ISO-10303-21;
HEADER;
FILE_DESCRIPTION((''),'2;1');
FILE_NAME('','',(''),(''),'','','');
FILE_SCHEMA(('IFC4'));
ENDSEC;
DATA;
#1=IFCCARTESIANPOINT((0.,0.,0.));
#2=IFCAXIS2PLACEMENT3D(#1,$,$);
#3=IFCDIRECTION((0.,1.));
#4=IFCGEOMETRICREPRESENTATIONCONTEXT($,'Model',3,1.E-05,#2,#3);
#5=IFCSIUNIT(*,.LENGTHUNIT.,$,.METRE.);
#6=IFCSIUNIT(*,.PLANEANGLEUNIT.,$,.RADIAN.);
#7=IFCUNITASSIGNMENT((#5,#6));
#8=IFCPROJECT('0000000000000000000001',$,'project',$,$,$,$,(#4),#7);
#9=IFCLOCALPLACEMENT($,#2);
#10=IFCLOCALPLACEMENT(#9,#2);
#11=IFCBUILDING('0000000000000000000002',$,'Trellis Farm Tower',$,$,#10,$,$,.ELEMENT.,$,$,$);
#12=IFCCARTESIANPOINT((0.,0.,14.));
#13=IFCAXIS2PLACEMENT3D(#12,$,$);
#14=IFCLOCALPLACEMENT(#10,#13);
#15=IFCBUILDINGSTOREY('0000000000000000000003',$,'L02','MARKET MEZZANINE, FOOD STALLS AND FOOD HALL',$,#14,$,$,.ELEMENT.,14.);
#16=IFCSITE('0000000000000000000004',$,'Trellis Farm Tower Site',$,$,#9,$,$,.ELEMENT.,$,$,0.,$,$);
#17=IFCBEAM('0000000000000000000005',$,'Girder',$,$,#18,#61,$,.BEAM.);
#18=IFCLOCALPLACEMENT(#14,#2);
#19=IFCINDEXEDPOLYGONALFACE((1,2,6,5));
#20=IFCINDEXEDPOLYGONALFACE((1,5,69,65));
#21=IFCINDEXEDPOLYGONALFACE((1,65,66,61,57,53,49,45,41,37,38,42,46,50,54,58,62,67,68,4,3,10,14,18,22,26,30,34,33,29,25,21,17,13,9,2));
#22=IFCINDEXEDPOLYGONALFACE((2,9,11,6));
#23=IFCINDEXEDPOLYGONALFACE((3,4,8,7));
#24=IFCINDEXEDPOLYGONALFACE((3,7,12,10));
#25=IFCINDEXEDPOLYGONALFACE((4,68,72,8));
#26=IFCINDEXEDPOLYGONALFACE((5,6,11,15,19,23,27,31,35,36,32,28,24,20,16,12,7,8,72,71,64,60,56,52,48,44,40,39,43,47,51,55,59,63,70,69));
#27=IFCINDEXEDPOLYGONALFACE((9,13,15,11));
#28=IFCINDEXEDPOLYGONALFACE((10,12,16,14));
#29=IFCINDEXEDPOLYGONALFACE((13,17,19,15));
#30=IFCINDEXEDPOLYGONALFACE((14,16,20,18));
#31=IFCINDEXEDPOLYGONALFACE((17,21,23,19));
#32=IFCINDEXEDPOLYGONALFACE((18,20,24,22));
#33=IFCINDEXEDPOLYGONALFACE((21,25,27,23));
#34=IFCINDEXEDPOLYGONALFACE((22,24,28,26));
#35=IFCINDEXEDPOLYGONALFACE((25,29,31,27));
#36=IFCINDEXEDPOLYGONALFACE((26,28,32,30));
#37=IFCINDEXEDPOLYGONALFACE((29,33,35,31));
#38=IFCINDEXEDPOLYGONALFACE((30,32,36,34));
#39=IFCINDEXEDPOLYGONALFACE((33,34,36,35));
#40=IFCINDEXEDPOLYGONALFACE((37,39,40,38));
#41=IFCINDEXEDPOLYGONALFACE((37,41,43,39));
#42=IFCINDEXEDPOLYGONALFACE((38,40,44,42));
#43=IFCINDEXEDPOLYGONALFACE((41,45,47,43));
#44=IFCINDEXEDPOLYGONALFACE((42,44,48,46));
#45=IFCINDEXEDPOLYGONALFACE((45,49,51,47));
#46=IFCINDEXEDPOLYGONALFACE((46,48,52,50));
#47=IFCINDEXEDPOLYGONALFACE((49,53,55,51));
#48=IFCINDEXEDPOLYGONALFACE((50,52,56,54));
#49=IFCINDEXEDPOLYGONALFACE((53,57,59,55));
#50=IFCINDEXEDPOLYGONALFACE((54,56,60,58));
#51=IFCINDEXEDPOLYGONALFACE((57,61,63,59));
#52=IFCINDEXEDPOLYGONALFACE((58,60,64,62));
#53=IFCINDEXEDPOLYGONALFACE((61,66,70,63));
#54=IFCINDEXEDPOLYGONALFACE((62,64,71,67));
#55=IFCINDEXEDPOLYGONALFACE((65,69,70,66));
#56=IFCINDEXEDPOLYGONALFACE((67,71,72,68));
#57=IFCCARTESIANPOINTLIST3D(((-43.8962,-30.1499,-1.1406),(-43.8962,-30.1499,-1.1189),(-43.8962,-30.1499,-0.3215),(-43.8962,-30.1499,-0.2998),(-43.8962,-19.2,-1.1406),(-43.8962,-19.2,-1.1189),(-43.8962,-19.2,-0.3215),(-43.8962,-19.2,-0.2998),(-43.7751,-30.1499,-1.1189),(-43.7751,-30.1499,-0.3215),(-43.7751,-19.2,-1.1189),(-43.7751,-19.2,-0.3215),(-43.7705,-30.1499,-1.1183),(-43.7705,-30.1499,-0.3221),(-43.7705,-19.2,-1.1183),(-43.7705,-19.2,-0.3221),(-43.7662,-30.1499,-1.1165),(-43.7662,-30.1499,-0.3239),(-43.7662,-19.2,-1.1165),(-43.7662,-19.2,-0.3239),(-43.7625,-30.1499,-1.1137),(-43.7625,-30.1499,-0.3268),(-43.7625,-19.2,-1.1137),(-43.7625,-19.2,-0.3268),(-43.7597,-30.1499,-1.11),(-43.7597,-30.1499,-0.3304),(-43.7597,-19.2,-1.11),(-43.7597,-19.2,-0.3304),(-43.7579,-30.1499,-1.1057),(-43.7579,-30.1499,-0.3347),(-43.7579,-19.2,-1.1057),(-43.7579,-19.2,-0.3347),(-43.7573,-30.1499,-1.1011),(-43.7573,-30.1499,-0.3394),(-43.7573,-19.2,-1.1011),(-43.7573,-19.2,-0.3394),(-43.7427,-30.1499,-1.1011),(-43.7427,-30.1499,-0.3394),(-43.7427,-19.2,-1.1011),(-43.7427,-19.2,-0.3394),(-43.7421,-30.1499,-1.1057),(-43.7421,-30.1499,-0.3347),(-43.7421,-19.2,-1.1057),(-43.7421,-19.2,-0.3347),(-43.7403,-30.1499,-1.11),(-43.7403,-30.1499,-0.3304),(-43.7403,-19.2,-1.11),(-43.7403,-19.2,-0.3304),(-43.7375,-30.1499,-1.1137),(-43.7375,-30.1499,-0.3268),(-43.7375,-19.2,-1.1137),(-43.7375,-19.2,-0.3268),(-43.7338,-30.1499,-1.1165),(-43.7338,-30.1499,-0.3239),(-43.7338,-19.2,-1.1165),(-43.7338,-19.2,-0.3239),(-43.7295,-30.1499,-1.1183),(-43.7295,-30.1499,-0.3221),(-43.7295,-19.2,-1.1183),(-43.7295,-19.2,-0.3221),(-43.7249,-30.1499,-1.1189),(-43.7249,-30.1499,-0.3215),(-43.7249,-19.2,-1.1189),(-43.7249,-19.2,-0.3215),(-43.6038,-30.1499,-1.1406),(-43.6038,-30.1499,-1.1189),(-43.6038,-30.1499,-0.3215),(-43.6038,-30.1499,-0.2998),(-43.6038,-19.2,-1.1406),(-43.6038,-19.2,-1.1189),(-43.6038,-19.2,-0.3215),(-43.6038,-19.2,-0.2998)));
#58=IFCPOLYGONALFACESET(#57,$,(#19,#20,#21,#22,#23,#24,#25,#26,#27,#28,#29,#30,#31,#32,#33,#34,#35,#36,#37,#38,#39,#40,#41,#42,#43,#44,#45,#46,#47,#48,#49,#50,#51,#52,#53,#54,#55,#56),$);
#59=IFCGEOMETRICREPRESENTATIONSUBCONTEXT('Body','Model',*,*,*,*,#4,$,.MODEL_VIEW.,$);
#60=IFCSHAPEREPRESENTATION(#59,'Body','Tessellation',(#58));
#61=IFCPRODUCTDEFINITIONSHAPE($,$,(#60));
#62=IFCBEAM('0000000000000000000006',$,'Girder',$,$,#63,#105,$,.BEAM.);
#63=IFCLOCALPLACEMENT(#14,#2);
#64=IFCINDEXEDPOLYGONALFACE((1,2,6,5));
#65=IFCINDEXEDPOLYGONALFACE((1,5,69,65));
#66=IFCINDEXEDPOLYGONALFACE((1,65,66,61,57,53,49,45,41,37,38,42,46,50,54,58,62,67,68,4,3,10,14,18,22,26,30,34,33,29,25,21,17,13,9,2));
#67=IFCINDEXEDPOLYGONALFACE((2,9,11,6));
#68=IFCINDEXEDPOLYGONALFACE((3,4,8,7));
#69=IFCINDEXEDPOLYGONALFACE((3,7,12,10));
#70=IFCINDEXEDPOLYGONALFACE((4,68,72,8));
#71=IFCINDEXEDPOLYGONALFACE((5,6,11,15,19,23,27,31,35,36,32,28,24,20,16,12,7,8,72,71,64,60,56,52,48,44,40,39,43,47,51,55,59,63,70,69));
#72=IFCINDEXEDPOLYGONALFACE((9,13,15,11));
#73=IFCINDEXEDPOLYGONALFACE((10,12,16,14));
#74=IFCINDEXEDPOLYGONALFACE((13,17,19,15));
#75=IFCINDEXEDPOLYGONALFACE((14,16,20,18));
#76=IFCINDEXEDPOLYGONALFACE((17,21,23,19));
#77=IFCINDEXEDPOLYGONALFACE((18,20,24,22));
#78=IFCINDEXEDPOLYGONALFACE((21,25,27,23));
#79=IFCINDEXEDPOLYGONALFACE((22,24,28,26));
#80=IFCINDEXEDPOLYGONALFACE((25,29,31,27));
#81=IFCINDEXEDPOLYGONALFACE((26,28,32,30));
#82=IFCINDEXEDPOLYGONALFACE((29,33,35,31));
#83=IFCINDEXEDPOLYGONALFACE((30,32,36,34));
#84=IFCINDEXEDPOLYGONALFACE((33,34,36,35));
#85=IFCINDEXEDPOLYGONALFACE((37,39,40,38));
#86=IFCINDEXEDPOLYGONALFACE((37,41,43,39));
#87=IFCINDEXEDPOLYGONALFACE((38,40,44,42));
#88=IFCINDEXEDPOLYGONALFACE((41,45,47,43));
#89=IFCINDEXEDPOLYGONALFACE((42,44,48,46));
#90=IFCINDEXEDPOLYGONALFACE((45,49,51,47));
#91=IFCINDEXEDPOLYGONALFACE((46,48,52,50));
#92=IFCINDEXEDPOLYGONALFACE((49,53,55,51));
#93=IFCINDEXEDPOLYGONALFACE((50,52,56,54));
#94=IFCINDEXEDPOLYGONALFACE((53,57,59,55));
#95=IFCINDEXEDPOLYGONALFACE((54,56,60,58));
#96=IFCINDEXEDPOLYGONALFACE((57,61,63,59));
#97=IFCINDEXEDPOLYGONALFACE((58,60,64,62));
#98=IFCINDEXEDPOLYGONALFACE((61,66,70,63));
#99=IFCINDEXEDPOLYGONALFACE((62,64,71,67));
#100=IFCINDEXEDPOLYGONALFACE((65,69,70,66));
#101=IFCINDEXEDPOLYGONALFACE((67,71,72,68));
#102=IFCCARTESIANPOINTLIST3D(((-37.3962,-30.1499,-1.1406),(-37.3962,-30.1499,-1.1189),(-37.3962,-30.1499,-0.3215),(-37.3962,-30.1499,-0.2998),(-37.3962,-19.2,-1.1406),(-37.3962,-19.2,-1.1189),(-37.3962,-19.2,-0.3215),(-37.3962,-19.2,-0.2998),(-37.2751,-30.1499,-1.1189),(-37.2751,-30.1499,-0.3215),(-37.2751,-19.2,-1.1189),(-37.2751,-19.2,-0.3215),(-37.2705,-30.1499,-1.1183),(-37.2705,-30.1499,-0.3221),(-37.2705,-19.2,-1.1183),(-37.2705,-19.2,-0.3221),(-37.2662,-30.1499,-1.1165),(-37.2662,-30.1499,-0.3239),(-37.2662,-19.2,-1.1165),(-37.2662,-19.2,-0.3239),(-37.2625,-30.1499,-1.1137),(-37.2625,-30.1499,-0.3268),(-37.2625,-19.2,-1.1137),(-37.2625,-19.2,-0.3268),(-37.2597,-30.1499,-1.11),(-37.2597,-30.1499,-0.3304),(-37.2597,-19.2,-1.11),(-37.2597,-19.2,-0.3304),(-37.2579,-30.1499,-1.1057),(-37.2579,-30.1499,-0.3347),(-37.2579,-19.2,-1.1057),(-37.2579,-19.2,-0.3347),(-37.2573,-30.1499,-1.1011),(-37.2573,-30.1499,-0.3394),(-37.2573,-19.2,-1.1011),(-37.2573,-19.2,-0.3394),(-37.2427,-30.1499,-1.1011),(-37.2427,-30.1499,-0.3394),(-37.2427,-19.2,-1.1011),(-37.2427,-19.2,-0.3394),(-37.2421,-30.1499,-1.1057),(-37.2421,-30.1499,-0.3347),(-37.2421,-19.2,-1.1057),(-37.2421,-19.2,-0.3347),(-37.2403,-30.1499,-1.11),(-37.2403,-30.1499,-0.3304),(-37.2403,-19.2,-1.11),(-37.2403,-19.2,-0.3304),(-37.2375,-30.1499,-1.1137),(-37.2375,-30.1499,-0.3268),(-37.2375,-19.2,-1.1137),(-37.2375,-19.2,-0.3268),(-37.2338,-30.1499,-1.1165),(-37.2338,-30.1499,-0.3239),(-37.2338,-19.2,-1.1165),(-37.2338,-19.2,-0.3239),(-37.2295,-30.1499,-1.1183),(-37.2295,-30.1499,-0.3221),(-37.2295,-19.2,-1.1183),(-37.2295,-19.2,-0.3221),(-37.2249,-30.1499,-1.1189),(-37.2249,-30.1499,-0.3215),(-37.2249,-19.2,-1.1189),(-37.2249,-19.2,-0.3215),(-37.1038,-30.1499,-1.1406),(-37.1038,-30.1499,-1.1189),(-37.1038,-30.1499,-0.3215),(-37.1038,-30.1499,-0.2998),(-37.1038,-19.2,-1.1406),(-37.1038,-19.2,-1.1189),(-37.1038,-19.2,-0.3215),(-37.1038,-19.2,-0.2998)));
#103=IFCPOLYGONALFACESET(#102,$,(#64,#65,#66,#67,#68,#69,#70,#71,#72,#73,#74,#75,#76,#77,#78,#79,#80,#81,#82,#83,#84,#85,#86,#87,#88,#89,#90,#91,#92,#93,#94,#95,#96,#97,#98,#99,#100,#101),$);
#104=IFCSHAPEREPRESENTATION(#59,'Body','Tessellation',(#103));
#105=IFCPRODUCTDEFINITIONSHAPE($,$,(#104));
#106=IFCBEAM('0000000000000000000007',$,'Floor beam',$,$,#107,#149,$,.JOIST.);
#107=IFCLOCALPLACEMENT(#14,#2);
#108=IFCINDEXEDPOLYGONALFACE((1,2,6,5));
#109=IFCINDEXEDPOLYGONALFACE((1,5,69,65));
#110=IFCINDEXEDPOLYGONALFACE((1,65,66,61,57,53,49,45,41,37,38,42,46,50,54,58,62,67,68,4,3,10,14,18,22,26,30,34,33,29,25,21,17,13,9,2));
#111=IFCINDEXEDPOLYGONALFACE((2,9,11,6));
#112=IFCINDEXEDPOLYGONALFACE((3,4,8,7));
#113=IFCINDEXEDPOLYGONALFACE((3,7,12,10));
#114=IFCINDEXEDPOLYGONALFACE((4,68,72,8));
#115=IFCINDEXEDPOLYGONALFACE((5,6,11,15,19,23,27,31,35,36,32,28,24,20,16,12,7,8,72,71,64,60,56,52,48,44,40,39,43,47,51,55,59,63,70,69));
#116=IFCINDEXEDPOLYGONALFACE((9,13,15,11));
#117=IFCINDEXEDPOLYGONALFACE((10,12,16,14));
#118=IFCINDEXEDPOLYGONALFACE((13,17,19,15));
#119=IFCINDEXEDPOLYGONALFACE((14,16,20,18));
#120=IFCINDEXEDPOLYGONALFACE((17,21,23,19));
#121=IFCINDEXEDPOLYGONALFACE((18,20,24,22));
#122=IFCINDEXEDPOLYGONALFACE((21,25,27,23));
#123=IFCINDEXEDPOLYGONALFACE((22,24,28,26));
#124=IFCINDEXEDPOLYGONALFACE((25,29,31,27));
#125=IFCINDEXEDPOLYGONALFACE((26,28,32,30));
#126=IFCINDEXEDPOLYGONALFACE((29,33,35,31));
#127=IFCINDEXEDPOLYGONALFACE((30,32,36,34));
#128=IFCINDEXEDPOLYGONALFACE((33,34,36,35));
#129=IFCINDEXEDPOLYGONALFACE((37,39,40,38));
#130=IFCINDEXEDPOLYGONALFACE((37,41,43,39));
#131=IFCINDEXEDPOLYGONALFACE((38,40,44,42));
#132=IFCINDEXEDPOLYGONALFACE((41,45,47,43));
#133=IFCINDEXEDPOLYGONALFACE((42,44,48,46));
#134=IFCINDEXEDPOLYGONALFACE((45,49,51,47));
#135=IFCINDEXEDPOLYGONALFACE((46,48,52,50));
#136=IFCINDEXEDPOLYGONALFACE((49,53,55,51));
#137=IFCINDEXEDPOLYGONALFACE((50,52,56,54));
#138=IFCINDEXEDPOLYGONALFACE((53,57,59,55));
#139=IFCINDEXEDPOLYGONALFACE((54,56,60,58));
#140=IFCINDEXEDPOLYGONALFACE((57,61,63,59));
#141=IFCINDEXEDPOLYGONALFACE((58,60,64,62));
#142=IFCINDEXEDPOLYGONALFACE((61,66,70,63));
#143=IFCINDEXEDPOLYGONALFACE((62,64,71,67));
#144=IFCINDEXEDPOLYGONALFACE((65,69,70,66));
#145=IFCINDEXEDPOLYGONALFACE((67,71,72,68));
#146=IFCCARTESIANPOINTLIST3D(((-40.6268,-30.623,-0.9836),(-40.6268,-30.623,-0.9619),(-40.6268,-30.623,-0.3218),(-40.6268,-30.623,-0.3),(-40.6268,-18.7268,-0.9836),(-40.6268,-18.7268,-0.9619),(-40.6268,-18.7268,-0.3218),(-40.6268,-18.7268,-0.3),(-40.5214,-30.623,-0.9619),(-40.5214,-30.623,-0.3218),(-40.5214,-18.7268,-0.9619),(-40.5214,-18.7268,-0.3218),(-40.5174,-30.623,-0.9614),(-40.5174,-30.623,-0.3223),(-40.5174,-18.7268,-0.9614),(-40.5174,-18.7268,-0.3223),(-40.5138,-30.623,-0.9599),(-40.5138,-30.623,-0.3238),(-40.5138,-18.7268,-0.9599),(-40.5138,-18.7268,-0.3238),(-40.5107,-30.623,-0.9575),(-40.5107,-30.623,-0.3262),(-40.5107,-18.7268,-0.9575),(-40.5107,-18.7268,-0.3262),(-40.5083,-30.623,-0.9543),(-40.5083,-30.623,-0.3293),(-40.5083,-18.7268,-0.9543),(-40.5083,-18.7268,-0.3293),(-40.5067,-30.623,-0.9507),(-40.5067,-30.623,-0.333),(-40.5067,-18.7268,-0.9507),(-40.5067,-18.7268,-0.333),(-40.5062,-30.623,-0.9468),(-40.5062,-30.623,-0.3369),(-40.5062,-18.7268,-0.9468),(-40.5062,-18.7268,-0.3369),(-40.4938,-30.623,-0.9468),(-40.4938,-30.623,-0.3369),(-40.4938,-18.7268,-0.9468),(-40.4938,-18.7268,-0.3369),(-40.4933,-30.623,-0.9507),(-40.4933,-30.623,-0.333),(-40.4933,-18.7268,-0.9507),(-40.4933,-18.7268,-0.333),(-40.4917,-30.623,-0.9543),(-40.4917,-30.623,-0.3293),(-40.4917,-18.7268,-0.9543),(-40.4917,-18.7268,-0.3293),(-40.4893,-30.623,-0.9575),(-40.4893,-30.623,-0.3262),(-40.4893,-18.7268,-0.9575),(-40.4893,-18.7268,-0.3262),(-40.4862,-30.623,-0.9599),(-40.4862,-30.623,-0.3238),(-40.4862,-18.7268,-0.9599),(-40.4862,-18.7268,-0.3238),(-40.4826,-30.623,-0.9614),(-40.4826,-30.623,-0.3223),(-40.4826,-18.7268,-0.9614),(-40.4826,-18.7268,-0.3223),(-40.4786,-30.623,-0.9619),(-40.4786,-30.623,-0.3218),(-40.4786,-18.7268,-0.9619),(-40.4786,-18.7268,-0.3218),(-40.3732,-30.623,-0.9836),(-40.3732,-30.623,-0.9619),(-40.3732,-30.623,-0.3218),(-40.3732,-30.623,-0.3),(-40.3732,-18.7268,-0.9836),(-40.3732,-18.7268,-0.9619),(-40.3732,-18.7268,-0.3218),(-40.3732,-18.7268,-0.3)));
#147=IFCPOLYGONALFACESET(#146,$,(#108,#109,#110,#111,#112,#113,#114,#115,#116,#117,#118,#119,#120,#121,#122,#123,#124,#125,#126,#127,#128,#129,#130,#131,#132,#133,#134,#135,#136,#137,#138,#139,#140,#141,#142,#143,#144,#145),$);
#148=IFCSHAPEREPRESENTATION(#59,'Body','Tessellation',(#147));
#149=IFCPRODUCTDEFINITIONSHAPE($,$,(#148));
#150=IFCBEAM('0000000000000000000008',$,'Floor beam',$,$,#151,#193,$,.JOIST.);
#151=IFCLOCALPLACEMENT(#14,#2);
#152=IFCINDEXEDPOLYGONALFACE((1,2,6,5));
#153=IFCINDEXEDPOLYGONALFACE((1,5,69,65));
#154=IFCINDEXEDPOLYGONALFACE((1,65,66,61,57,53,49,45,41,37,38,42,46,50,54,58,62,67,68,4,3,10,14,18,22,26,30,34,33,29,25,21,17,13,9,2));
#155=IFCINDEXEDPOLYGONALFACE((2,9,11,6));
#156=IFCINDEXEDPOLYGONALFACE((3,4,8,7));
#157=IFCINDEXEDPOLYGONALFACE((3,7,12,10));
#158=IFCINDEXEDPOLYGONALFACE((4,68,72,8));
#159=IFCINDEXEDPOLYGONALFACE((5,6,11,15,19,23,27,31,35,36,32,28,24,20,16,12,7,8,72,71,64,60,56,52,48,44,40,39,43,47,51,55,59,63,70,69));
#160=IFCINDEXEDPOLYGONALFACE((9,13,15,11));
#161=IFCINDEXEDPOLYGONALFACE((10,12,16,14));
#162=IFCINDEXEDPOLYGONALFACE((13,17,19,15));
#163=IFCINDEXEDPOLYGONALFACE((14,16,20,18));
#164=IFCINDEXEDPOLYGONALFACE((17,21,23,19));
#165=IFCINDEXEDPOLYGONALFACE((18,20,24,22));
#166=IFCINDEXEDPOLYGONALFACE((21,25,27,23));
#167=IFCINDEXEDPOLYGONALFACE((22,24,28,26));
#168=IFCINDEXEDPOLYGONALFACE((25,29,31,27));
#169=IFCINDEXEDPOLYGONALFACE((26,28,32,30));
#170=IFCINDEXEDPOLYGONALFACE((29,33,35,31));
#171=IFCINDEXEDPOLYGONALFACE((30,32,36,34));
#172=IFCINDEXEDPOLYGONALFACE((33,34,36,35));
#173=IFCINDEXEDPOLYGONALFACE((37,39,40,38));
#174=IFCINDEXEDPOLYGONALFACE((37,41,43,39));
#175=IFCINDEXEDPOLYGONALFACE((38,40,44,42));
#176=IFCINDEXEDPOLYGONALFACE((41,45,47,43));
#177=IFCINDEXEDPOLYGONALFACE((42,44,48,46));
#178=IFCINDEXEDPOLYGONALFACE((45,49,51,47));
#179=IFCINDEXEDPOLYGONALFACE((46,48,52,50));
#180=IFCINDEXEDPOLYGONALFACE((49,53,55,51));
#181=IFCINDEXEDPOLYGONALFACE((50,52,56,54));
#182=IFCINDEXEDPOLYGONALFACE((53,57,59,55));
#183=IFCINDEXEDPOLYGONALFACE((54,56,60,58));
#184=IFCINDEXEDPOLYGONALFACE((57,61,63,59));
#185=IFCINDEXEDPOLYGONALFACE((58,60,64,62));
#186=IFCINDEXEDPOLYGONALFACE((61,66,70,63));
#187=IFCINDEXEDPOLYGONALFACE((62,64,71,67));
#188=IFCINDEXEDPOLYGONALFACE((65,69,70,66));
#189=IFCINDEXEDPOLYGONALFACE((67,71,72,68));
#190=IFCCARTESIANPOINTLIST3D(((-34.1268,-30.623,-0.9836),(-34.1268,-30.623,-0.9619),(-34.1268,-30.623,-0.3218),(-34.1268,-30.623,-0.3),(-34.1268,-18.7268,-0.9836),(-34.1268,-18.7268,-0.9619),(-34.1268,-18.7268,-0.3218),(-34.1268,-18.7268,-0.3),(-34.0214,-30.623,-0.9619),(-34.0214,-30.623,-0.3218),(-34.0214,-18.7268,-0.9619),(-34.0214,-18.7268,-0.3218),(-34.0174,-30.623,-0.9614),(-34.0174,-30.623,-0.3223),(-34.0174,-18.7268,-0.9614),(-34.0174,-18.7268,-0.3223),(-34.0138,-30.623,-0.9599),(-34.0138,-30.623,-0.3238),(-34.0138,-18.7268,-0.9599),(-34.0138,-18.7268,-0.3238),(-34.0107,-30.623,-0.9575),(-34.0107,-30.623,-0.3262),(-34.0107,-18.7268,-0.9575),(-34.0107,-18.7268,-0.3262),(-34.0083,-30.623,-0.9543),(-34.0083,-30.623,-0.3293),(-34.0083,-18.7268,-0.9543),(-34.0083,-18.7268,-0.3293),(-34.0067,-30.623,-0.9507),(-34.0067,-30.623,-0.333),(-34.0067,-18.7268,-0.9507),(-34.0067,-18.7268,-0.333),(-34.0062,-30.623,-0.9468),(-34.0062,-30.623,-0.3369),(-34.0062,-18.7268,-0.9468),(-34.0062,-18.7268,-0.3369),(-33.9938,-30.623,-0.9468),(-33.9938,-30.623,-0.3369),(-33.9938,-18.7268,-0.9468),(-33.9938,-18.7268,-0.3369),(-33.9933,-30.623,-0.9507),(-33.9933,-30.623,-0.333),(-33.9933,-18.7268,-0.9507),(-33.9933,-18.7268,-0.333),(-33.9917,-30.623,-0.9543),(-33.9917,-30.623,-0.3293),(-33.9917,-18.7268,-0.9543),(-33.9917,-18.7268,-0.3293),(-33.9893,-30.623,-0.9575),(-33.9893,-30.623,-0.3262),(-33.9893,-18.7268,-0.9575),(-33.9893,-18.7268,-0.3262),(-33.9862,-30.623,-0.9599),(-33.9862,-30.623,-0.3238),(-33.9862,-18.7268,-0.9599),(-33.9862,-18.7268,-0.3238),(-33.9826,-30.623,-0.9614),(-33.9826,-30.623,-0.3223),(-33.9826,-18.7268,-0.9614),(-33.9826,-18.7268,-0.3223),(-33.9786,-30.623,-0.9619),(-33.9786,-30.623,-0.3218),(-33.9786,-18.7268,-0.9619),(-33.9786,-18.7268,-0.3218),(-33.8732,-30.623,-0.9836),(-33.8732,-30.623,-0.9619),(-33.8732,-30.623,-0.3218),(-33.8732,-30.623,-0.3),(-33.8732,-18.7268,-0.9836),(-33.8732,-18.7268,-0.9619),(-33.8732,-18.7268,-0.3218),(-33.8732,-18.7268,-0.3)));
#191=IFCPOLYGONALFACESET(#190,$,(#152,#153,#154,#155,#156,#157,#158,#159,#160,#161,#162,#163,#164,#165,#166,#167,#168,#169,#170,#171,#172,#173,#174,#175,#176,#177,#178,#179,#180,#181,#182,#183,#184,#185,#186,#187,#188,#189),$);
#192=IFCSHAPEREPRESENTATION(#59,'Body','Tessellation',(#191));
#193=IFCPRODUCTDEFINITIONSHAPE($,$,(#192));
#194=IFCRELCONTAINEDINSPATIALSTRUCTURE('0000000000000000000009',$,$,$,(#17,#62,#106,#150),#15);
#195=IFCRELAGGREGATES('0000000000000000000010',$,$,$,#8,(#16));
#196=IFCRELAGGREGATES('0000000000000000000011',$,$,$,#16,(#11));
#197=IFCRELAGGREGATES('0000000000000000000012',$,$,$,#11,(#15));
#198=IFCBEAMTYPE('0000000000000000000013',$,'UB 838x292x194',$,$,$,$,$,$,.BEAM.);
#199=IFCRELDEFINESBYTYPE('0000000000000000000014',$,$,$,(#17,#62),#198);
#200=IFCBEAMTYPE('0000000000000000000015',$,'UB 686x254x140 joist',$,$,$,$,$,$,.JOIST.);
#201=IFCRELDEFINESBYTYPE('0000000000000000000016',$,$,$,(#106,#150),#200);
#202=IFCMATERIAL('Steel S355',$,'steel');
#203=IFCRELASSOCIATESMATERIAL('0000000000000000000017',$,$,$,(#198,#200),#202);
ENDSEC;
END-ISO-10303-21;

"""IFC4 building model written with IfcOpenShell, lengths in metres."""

from ifc_helpers import new_model, si_unit, direction, frame, origin, origin_2d, place, context, subcontext, project, spatial, i_section, extrude, source, transform, mapped, material, material_profile, profile_set, type_object, element, save


model = new_model("IFC4")

# Units and contexts
model_context = context("Model", 3, precision=1e-05, world=origin(), true_north=direction((0.0, 1.0)))
body_context = subcontext(model_context, "Body", "Model", "MODEL_VIEW")
ifc_project = project(units=[si_unit("LENGTHUNIT", "METRE"), si_unit("PLANEANGLEUNIT", "RADIAN")], contexts=[model_context])

# Site, building, storey
site_placement = place(None, origin())
site = spatial("IfcSite", under=ifc_project, at=site_placement, Name="Trellis Farm Tower Site", CompositionType="ELEMENT", RefElevation=0.0)
building_placement = place(site_placement, origin())
building = spatial("IfcBuilding", under=site, at=building_placement, Name="Trellis Farm Tower", CompositionType="ELEMENT")
storey_placement = place(building_placement, frame((0.0, 0.0, 14.0)))
storey = spatial("IfcBuildingStorey", under=building, at=storey_placement, Name="L02", Description="MARKET MEZZANINE, FOOD STALLS AND FOOD HALL", CompositionType="ELEMENT", Elevation=14.0)

# Beams
ifc_material_1 = material(Name="Steel S355", Category="steel")
ifc_material_profile_1 = material_profile(ifc_material_1, i_section(OverallWidth=0.2925, OverallDepth=0.8408, WebThickness=0.0146, FlangeThickness=0.0217, FilletRadius=0.0178, at=origin_2d()), Name="UB 838x292x194")
ifc_profile_set_1 = profile_set([ifc_material_profile_1], Name="Steel S355")
beam_type_1 = type_object("IfcBeamType", Name="UB 838x292x194", PredefinedType="BEAM", material=ifc_profile_set_1)
shared_shape_1 = source(origin(), body_context, "Body", "SweptSolid", [
    extrude(i_section(OverallWidth=0.2925, OverallDepth=0.8408, WebThickness=0.0146, FlangeThickness=0.0217, FilletRadius=0.0178, at=origin_2d()), origin(), (0.0, 0.0, 1.0), 10.95),
])
for number, where, z_axis, x_axis, name in (
    (1, (-43.75, -30.1499, -0.7202), (0.0, 1.0, 0.0), (-1.0, 0.0, 0.0), "Girder"),
    (2, (-37.25, -30.1499, -0.7202), (0.0, 1.0, 0.0), (-1.0, 0.0, 0.0), "Girder"),
):
    element("IfcBeam", number, at=place(storey_placement, frame(where, z_axis=z_axis, x_axis=x_axis)), inside=storey, type_object=beam_type_1, Name=name, PredefinedType="BEAM", context=body_context, shape_type="MappedRepresentation", body=[
        mapped(shared_shape_1, transform((0.0, 0.0, 0.0))),
    ])
ifc_material_profile_2 = material_profile(ifc_material_1, i_section(OverallWidth=0.2537, OverallDepth=0.6836, WebThickness=0.0125, FlangeThickness=0.0217, FilletRadius=0.0151, at=origin_2d()), Name="UB 686x254x140")
ifc_profile_set_2 = profile_set([ifc_material_profile_2], Name="Steel S355")
beam_type_2 = type_object("IfcBeamType", Name="UB 686x254x140 joist", PredefinedType="JOIST", material=ifc_profile_set_2)
shared_shape_2 = source(origin(), body_context, "Body", "SweptSolid", [
    extrude(i_section(OverallWidth=0.2537, OverallDepth=0.6836, WebThickness=0.0125, FlangeThickness=0.0217, FilletRadius=0.0151, at=origin_2d()), origin(), (0.0, 0.0, 1.0), 11.8962),
])
for number, where, z_axis, x_axis, name in (
    (3, (-40.5, -30.623, -0.6418), (0.0, 1.0, 0.0), (-1.0, 0.0, 0.0), "Floor beam"),
    (4, (-34.0, -30.623, -0.6418), (0.0, 1.0, 0.0), (-1.0, 0.0, 0.0), "Floor beam"),
):
    element("IfcBeam", number, at=place(storey_placement, frame(where, z_axis=z_axis, x_axis=x_axis)), inside=storey, type_object=beam_type_2, Name=name, PredefinedType="JOIST", context=body_context, shape_type="MappedRepresentation", body=[
        mapped(shared_shape_2, transform((0.0, 0.0, 0.0))),
    ])

save(model, "model.ifc")
